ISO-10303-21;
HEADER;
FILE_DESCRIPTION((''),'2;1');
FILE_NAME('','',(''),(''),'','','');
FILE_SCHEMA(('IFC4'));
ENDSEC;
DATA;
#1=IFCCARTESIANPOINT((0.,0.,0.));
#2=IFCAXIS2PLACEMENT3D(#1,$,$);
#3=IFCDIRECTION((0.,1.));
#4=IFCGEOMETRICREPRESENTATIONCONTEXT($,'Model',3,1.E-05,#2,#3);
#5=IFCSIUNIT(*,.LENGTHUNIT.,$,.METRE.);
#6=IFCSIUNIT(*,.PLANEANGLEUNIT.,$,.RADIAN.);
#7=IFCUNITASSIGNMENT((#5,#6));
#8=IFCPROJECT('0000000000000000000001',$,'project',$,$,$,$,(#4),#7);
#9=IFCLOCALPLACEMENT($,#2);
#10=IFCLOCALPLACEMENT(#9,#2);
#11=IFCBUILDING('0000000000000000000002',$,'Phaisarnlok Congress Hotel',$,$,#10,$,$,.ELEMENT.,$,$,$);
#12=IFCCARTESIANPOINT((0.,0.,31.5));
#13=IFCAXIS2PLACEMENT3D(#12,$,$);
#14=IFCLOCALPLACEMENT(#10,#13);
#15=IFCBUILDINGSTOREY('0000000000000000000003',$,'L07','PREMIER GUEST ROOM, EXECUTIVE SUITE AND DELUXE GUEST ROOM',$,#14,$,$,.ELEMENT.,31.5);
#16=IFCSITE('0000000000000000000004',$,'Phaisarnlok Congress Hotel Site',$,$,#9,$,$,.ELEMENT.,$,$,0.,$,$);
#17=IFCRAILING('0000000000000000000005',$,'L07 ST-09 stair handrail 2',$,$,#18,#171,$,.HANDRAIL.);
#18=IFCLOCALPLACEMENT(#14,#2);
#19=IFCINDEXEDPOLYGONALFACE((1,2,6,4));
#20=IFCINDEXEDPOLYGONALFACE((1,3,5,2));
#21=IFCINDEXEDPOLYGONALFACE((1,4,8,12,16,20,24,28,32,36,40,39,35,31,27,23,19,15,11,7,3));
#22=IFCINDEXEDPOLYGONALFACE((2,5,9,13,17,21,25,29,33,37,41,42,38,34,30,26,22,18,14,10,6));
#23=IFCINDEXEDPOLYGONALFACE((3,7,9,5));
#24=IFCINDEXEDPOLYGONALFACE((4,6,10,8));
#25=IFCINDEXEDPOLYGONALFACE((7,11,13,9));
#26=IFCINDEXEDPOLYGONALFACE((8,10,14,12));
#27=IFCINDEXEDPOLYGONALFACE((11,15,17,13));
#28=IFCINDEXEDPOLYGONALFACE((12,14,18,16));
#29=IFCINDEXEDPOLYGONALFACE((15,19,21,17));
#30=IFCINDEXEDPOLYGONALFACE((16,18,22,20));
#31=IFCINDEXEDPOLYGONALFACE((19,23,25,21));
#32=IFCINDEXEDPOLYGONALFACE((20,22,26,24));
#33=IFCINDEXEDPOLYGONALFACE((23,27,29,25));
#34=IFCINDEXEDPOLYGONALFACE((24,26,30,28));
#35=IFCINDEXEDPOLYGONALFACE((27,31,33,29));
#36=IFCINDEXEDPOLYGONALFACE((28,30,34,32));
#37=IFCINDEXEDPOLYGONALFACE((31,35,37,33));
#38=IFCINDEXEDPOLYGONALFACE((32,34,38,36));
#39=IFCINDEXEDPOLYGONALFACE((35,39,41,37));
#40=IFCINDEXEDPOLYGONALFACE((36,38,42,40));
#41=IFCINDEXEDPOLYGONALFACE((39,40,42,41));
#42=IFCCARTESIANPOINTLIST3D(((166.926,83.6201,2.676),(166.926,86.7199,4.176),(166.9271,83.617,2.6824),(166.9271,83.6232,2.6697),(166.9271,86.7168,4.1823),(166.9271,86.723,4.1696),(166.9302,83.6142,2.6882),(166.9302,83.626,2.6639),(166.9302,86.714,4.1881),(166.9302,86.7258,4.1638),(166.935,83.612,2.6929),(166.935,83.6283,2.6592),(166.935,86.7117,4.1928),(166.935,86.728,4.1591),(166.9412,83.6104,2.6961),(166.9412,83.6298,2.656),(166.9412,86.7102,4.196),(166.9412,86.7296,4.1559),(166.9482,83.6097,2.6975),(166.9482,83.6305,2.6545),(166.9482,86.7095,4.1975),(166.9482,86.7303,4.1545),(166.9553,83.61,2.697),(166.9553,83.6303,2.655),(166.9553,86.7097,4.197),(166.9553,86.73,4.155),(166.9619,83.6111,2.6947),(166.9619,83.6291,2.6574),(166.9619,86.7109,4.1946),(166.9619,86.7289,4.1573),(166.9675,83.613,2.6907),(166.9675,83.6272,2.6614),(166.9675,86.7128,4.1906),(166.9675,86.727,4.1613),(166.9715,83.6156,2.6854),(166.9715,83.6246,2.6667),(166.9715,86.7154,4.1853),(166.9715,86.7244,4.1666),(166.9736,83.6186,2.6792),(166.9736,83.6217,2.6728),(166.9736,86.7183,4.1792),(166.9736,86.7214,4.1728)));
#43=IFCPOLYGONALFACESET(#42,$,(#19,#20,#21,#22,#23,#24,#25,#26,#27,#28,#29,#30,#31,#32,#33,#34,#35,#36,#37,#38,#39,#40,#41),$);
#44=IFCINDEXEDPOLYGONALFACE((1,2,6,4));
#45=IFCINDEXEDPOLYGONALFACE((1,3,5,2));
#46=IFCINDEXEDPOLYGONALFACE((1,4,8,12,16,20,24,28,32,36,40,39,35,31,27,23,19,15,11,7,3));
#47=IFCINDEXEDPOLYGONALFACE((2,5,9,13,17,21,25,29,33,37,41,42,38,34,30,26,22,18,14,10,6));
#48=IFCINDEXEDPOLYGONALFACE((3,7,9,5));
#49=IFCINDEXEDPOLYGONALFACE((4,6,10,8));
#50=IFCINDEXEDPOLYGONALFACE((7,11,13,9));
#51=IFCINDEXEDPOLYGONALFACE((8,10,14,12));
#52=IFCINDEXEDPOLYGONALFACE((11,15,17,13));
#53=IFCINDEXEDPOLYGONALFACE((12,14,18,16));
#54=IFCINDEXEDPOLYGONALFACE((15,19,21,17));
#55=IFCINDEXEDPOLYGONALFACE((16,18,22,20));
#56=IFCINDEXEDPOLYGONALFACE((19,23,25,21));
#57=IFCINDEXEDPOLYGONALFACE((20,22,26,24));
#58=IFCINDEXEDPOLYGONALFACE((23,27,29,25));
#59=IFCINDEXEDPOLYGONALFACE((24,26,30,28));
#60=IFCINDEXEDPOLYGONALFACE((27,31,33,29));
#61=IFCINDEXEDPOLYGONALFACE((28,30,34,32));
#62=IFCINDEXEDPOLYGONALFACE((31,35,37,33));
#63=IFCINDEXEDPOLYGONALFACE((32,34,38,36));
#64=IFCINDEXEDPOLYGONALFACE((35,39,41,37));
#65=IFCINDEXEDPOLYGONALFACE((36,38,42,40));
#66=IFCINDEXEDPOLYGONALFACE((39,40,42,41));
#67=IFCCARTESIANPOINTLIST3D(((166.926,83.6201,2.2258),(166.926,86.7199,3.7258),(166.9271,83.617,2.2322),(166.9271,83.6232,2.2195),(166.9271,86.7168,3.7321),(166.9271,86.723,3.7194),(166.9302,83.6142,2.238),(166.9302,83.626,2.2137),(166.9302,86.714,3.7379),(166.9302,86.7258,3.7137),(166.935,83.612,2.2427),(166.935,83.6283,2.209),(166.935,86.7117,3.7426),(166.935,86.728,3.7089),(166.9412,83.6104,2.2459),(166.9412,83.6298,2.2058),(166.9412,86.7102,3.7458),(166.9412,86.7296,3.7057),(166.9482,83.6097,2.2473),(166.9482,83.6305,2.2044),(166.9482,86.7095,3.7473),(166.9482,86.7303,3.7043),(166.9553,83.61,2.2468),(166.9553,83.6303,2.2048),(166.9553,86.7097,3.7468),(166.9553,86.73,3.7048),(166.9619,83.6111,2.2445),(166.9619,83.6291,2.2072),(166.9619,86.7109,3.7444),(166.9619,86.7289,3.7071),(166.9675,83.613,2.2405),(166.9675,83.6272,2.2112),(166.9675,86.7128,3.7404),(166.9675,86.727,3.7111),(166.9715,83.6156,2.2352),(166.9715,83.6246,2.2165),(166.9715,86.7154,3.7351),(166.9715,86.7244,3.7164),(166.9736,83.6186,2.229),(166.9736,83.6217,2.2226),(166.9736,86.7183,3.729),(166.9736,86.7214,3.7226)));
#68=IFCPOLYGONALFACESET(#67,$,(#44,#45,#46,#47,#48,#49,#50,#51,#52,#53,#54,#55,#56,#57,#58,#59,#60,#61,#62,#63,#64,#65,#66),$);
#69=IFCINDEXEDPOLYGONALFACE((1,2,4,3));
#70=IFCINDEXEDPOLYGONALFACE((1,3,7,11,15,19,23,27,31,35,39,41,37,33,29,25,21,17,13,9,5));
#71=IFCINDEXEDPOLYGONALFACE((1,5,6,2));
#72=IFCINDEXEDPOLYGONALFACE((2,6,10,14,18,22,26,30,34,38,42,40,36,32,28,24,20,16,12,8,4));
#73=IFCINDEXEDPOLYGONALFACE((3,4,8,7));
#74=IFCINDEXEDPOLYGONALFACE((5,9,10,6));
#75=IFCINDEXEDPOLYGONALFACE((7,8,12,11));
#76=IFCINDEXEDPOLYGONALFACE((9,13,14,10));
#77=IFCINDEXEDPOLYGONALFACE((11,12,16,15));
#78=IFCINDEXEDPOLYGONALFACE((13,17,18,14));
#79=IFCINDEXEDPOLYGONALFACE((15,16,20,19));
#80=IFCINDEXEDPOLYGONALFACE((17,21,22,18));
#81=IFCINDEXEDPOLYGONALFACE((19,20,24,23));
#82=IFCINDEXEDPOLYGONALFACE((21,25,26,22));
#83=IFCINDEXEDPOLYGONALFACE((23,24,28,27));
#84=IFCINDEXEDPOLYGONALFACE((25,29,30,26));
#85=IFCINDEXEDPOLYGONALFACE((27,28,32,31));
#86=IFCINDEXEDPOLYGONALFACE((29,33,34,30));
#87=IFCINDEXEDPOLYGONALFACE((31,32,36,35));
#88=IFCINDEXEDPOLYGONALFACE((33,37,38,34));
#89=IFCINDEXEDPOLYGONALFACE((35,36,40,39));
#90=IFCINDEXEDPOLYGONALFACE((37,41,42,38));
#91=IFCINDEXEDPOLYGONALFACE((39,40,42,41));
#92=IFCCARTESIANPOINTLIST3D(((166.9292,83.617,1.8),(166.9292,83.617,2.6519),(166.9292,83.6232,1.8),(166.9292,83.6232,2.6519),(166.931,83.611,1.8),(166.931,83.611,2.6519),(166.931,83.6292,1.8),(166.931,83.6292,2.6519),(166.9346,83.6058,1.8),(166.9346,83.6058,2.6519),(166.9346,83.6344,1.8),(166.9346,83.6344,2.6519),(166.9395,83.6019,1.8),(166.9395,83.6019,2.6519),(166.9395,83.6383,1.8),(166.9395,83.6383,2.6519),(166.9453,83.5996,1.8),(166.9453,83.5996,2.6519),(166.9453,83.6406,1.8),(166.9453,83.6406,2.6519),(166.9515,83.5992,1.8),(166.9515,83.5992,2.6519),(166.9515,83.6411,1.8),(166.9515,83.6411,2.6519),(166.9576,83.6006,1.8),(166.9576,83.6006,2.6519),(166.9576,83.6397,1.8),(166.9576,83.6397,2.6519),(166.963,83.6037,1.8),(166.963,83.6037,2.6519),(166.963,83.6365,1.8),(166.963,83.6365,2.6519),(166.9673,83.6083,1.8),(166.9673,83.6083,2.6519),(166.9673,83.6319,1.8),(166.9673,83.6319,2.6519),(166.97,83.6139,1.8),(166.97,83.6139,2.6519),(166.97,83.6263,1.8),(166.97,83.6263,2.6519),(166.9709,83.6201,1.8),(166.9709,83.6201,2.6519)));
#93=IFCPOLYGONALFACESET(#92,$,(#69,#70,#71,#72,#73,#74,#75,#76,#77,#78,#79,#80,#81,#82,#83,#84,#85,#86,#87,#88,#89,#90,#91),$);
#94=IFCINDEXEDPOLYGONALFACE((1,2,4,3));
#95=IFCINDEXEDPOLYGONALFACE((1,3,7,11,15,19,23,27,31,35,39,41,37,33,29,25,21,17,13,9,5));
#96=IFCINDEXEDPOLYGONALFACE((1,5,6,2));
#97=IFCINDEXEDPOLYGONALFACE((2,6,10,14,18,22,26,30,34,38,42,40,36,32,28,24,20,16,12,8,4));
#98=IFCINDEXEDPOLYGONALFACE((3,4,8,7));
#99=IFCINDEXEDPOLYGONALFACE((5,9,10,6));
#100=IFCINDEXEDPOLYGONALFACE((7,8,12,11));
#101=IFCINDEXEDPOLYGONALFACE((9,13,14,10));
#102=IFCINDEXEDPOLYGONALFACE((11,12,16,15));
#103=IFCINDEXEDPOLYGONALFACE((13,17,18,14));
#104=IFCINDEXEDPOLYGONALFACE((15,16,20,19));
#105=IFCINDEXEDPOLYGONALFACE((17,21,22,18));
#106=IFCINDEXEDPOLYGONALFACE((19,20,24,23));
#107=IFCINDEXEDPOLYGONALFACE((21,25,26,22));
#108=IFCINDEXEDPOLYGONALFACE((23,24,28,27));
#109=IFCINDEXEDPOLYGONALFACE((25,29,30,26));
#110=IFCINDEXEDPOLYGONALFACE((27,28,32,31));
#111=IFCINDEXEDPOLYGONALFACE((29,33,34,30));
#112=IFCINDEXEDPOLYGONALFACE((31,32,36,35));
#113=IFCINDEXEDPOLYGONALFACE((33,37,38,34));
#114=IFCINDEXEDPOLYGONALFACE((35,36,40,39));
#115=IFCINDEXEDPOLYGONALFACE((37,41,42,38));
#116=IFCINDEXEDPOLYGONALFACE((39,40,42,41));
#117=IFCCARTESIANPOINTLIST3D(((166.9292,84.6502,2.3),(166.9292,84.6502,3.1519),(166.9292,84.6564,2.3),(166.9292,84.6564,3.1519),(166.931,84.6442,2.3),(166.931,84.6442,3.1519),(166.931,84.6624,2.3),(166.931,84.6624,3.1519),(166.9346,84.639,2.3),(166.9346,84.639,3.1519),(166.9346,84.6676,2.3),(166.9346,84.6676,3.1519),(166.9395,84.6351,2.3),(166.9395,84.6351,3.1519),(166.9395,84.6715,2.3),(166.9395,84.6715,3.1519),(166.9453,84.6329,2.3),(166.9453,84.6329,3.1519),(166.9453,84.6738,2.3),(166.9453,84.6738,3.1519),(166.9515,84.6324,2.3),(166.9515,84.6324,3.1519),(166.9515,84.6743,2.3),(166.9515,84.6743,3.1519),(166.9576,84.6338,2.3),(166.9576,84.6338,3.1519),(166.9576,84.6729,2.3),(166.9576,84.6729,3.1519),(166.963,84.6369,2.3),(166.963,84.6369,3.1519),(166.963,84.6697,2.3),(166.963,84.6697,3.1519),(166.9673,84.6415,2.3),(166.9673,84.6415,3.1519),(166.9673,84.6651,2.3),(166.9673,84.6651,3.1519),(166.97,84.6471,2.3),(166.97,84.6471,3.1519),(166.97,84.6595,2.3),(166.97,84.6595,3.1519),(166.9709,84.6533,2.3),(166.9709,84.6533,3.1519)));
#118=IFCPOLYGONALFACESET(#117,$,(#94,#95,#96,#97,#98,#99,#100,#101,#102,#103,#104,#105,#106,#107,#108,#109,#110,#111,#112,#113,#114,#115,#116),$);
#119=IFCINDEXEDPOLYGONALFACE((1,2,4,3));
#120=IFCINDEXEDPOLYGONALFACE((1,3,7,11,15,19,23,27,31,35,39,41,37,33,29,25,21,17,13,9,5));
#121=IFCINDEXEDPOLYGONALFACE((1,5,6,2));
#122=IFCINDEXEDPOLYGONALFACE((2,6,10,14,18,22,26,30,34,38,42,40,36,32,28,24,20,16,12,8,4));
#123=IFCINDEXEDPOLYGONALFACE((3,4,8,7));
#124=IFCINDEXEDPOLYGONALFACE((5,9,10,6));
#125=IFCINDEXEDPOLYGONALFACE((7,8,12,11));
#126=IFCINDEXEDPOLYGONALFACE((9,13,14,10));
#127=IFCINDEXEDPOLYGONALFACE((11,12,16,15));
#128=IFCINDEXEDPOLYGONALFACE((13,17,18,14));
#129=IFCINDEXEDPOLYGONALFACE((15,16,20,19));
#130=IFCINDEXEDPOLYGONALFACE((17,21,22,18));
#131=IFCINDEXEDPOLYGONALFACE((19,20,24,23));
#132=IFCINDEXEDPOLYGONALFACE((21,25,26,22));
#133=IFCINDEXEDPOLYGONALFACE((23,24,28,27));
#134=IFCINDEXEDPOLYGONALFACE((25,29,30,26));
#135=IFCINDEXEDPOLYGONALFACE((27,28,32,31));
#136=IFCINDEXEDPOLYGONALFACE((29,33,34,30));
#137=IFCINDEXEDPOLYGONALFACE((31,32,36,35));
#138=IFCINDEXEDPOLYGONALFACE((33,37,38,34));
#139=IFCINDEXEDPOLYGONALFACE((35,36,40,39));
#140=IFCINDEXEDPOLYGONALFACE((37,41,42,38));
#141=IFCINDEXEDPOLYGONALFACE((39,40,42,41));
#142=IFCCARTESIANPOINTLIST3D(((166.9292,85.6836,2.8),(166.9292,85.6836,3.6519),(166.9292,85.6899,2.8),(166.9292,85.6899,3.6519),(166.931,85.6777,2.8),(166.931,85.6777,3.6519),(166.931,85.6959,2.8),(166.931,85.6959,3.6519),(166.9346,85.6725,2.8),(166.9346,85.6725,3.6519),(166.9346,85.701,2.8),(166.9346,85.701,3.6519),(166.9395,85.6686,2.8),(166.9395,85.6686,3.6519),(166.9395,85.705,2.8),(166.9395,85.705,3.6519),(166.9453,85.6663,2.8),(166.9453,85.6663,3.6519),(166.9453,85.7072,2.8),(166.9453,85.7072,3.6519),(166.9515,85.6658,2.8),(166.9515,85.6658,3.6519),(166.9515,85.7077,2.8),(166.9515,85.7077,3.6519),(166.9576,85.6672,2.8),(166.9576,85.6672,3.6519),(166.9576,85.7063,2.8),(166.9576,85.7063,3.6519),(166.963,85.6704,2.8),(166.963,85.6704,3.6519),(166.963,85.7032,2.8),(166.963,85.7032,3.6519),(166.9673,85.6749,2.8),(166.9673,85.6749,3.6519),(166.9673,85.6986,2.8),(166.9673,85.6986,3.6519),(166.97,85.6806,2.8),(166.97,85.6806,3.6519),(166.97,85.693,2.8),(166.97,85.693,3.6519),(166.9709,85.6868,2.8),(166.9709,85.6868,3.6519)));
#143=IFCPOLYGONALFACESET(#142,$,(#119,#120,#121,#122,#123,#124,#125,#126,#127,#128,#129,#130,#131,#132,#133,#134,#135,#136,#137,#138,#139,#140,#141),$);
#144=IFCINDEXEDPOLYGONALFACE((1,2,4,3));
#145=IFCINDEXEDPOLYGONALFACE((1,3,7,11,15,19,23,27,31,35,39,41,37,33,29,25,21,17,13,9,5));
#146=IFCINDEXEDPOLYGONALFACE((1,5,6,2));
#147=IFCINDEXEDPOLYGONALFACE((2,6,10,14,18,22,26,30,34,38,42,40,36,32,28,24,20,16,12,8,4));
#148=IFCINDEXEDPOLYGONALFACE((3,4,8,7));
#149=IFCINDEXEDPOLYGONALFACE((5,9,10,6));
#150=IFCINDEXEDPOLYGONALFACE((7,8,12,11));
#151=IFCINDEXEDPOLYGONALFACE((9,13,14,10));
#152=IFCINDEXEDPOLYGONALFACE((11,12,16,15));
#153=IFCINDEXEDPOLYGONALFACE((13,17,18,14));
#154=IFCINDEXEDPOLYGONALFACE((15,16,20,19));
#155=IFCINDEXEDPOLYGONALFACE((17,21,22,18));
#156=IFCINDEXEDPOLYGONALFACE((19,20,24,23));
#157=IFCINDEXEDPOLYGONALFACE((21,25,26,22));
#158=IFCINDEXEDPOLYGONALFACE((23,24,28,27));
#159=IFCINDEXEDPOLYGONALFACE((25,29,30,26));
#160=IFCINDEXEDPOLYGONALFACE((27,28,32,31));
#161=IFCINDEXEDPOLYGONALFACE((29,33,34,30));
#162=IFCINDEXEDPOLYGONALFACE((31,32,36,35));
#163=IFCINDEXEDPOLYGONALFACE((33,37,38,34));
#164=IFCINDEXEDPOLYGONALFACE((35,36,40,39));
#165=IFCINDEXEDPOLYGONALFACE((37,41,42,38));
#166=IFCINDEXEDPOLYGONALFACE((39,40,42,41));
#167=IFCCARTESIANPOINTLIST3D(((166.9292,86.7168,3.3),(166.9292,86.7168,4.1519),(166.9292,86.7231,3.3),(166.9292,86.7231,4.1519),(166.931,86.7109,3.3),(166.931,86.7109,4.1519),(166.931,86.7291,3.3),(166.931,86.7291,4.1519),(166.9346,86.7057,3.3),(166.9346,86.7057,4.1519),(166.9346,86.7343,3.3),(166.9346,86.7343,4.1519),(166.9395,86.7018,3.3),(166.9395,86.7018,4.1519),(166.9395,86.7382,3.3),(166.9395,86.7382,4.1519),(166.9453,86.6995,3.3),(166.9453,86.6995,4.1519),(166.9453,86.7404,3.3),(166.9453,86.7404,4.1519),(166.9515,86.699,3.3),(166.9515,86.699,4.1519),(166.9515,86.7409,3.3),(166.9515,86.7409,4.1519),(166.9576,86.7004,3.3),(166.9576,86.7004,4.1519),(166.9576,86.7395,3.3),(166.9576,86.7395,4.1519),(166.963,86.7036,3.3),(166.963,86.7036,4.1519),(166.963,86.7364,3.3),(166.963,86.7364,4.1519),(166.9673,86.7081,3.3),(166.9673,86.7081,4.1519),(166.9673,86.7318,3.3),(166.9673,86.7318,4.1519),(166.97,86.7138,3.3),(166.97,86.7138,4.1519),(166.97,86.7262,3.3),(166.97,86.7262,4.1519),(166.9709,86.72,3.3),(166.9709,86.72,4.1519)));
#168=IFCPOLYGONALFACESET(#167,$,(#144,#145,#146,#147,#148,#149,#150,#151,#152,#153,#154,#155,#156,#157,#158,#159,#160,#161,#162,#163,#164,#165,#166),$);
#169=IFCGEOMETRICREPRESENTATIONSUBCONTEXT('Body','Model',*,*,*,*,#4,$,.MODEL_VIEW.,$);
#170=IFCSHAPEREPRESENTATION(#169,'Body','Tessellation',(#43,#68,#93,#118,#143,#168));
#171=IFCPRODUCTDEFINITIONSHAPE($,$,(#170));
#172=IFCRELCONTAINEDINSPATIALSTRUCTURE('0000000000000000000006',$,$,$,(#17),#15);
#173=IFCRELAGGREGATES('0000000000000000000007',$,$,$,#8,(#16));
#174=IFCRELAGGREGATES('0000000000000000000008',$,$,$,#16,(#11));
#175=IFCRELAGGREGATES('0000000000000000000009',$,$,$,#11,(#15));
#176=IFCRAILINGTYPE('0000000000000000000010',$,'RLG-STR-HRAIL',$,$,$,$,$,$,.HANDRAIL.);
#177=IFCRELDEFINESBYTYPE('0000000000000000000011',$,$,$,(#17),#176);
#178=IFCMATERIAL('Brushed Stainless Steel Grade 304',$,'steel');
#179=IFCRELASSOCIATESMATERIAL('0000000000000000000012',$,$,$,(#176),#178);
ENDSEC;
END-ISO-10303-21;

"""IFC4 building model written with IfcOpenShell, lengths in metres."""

from ifc_helpers import new_model, si_unit, direction, frame, origin, origin_2d, place, context, subcontext, project, spatial, circle, extrude, material, type_object, element, save


model = new_model("IFC4")

# Units and contexts
model_context = context("Model", 3, precision=1e-05, world=origin(), true_north=direction((0.0, 1.0)))
body_context = subcontext(model_context, "Body", "Model", "MODEL_VIEW")
ifc_project = project(units=[si_unit("LENGTHUNIT", "METRE"), si_unit("PLANEANGLEUNIT", "RADIAN")], contexts=[model_context])

# Site, building, storey
site_placement = place(None, origin())
site = spatial("IfcSite", under=ifc_project, at=site_placement, Name="Phaisarnlok Congress Hotel Site", CompositionType="ELEMENT", RefElevation=0.0)
building_placement = place(site_placement, origin())
building = spatial("IfcBuilding", under=site, at=building_placement, Name="Phaisarnlok Congress Hotel", CompositionType="ELEMENT")
storey_placement = place(building_placement, frame((0.0, 0.0, 31.5)))
storey = spatial("IfcBuildingStorey", under=building, at=storey_placement, Name="L07", Description="PREMIER GUEST ROOM, EXECUTIVE SUITE AND DELUXE GUEST ROOM", CompositionType="ELEMENT", Elevation=31.5)

# Railing
ifc_material_1 = material(Name="Brushed Stainless Steel Grade 304", Category="steel")
railing_type_1 = type_object("IfcRailingType", Name="RLG-STR-HRAIL", PredefinedType="HANDRAIL", material=ifc_material_1)
railing_1_placement = place(storey_placement, frame((166.95, 83.6201, 1.8)))
element("IfcRailing", 1, at=railing_1_placement, inside=storey, type_object=railing_type_1, Name="L07 ST-09 stair handrail 2", PredefinedType="HANDRAIL", context=body_context, shape_type="SweptSolid", body=[
    extrude(circle(Radius=0.0239, at=origin_2d()), frame((0.0, 0.0, 0.876), z_axis=(0.0, 0.900151, 0.435578), x_axis=(-1.0, 0.0, 0.0)), (0.0, 0.0, 1.0), 3.4436),
    extrude(circle(Radius=0.0239, at=origin_2d()), frame((0.0, 0.0, 0.4258), z_axis=(0.0, 0.900151, 0.435578), x_axis=(-1.0, 0.0, 0.0)), (0.0, 0.0, 1.0), 3.4436),
    extrude(circle(Radius=0.021, at=origin_2d()), origin(), (0.0, 0.0, 1.0), 0.8518),
    extrude(circle(Radius=0.021, at=origin_2d()), frame((0.0, 1.0332, 0.5)), (0.0, 0.0, 1.0), 0.8518),
    extrude(circle(Radius=0.021, at=origin_2d()), frame((0.0, 2.0667, 1.0)), (0.0, 0.0, 1.0), 0.8518),
    extrude(circle(Radius=0.021, at=origin_2d()), frame((0.0, 3.0999, 1.5)), (0.0, 0.0, 1.0), 0.8518),
])

save(model, "model.ifc")
